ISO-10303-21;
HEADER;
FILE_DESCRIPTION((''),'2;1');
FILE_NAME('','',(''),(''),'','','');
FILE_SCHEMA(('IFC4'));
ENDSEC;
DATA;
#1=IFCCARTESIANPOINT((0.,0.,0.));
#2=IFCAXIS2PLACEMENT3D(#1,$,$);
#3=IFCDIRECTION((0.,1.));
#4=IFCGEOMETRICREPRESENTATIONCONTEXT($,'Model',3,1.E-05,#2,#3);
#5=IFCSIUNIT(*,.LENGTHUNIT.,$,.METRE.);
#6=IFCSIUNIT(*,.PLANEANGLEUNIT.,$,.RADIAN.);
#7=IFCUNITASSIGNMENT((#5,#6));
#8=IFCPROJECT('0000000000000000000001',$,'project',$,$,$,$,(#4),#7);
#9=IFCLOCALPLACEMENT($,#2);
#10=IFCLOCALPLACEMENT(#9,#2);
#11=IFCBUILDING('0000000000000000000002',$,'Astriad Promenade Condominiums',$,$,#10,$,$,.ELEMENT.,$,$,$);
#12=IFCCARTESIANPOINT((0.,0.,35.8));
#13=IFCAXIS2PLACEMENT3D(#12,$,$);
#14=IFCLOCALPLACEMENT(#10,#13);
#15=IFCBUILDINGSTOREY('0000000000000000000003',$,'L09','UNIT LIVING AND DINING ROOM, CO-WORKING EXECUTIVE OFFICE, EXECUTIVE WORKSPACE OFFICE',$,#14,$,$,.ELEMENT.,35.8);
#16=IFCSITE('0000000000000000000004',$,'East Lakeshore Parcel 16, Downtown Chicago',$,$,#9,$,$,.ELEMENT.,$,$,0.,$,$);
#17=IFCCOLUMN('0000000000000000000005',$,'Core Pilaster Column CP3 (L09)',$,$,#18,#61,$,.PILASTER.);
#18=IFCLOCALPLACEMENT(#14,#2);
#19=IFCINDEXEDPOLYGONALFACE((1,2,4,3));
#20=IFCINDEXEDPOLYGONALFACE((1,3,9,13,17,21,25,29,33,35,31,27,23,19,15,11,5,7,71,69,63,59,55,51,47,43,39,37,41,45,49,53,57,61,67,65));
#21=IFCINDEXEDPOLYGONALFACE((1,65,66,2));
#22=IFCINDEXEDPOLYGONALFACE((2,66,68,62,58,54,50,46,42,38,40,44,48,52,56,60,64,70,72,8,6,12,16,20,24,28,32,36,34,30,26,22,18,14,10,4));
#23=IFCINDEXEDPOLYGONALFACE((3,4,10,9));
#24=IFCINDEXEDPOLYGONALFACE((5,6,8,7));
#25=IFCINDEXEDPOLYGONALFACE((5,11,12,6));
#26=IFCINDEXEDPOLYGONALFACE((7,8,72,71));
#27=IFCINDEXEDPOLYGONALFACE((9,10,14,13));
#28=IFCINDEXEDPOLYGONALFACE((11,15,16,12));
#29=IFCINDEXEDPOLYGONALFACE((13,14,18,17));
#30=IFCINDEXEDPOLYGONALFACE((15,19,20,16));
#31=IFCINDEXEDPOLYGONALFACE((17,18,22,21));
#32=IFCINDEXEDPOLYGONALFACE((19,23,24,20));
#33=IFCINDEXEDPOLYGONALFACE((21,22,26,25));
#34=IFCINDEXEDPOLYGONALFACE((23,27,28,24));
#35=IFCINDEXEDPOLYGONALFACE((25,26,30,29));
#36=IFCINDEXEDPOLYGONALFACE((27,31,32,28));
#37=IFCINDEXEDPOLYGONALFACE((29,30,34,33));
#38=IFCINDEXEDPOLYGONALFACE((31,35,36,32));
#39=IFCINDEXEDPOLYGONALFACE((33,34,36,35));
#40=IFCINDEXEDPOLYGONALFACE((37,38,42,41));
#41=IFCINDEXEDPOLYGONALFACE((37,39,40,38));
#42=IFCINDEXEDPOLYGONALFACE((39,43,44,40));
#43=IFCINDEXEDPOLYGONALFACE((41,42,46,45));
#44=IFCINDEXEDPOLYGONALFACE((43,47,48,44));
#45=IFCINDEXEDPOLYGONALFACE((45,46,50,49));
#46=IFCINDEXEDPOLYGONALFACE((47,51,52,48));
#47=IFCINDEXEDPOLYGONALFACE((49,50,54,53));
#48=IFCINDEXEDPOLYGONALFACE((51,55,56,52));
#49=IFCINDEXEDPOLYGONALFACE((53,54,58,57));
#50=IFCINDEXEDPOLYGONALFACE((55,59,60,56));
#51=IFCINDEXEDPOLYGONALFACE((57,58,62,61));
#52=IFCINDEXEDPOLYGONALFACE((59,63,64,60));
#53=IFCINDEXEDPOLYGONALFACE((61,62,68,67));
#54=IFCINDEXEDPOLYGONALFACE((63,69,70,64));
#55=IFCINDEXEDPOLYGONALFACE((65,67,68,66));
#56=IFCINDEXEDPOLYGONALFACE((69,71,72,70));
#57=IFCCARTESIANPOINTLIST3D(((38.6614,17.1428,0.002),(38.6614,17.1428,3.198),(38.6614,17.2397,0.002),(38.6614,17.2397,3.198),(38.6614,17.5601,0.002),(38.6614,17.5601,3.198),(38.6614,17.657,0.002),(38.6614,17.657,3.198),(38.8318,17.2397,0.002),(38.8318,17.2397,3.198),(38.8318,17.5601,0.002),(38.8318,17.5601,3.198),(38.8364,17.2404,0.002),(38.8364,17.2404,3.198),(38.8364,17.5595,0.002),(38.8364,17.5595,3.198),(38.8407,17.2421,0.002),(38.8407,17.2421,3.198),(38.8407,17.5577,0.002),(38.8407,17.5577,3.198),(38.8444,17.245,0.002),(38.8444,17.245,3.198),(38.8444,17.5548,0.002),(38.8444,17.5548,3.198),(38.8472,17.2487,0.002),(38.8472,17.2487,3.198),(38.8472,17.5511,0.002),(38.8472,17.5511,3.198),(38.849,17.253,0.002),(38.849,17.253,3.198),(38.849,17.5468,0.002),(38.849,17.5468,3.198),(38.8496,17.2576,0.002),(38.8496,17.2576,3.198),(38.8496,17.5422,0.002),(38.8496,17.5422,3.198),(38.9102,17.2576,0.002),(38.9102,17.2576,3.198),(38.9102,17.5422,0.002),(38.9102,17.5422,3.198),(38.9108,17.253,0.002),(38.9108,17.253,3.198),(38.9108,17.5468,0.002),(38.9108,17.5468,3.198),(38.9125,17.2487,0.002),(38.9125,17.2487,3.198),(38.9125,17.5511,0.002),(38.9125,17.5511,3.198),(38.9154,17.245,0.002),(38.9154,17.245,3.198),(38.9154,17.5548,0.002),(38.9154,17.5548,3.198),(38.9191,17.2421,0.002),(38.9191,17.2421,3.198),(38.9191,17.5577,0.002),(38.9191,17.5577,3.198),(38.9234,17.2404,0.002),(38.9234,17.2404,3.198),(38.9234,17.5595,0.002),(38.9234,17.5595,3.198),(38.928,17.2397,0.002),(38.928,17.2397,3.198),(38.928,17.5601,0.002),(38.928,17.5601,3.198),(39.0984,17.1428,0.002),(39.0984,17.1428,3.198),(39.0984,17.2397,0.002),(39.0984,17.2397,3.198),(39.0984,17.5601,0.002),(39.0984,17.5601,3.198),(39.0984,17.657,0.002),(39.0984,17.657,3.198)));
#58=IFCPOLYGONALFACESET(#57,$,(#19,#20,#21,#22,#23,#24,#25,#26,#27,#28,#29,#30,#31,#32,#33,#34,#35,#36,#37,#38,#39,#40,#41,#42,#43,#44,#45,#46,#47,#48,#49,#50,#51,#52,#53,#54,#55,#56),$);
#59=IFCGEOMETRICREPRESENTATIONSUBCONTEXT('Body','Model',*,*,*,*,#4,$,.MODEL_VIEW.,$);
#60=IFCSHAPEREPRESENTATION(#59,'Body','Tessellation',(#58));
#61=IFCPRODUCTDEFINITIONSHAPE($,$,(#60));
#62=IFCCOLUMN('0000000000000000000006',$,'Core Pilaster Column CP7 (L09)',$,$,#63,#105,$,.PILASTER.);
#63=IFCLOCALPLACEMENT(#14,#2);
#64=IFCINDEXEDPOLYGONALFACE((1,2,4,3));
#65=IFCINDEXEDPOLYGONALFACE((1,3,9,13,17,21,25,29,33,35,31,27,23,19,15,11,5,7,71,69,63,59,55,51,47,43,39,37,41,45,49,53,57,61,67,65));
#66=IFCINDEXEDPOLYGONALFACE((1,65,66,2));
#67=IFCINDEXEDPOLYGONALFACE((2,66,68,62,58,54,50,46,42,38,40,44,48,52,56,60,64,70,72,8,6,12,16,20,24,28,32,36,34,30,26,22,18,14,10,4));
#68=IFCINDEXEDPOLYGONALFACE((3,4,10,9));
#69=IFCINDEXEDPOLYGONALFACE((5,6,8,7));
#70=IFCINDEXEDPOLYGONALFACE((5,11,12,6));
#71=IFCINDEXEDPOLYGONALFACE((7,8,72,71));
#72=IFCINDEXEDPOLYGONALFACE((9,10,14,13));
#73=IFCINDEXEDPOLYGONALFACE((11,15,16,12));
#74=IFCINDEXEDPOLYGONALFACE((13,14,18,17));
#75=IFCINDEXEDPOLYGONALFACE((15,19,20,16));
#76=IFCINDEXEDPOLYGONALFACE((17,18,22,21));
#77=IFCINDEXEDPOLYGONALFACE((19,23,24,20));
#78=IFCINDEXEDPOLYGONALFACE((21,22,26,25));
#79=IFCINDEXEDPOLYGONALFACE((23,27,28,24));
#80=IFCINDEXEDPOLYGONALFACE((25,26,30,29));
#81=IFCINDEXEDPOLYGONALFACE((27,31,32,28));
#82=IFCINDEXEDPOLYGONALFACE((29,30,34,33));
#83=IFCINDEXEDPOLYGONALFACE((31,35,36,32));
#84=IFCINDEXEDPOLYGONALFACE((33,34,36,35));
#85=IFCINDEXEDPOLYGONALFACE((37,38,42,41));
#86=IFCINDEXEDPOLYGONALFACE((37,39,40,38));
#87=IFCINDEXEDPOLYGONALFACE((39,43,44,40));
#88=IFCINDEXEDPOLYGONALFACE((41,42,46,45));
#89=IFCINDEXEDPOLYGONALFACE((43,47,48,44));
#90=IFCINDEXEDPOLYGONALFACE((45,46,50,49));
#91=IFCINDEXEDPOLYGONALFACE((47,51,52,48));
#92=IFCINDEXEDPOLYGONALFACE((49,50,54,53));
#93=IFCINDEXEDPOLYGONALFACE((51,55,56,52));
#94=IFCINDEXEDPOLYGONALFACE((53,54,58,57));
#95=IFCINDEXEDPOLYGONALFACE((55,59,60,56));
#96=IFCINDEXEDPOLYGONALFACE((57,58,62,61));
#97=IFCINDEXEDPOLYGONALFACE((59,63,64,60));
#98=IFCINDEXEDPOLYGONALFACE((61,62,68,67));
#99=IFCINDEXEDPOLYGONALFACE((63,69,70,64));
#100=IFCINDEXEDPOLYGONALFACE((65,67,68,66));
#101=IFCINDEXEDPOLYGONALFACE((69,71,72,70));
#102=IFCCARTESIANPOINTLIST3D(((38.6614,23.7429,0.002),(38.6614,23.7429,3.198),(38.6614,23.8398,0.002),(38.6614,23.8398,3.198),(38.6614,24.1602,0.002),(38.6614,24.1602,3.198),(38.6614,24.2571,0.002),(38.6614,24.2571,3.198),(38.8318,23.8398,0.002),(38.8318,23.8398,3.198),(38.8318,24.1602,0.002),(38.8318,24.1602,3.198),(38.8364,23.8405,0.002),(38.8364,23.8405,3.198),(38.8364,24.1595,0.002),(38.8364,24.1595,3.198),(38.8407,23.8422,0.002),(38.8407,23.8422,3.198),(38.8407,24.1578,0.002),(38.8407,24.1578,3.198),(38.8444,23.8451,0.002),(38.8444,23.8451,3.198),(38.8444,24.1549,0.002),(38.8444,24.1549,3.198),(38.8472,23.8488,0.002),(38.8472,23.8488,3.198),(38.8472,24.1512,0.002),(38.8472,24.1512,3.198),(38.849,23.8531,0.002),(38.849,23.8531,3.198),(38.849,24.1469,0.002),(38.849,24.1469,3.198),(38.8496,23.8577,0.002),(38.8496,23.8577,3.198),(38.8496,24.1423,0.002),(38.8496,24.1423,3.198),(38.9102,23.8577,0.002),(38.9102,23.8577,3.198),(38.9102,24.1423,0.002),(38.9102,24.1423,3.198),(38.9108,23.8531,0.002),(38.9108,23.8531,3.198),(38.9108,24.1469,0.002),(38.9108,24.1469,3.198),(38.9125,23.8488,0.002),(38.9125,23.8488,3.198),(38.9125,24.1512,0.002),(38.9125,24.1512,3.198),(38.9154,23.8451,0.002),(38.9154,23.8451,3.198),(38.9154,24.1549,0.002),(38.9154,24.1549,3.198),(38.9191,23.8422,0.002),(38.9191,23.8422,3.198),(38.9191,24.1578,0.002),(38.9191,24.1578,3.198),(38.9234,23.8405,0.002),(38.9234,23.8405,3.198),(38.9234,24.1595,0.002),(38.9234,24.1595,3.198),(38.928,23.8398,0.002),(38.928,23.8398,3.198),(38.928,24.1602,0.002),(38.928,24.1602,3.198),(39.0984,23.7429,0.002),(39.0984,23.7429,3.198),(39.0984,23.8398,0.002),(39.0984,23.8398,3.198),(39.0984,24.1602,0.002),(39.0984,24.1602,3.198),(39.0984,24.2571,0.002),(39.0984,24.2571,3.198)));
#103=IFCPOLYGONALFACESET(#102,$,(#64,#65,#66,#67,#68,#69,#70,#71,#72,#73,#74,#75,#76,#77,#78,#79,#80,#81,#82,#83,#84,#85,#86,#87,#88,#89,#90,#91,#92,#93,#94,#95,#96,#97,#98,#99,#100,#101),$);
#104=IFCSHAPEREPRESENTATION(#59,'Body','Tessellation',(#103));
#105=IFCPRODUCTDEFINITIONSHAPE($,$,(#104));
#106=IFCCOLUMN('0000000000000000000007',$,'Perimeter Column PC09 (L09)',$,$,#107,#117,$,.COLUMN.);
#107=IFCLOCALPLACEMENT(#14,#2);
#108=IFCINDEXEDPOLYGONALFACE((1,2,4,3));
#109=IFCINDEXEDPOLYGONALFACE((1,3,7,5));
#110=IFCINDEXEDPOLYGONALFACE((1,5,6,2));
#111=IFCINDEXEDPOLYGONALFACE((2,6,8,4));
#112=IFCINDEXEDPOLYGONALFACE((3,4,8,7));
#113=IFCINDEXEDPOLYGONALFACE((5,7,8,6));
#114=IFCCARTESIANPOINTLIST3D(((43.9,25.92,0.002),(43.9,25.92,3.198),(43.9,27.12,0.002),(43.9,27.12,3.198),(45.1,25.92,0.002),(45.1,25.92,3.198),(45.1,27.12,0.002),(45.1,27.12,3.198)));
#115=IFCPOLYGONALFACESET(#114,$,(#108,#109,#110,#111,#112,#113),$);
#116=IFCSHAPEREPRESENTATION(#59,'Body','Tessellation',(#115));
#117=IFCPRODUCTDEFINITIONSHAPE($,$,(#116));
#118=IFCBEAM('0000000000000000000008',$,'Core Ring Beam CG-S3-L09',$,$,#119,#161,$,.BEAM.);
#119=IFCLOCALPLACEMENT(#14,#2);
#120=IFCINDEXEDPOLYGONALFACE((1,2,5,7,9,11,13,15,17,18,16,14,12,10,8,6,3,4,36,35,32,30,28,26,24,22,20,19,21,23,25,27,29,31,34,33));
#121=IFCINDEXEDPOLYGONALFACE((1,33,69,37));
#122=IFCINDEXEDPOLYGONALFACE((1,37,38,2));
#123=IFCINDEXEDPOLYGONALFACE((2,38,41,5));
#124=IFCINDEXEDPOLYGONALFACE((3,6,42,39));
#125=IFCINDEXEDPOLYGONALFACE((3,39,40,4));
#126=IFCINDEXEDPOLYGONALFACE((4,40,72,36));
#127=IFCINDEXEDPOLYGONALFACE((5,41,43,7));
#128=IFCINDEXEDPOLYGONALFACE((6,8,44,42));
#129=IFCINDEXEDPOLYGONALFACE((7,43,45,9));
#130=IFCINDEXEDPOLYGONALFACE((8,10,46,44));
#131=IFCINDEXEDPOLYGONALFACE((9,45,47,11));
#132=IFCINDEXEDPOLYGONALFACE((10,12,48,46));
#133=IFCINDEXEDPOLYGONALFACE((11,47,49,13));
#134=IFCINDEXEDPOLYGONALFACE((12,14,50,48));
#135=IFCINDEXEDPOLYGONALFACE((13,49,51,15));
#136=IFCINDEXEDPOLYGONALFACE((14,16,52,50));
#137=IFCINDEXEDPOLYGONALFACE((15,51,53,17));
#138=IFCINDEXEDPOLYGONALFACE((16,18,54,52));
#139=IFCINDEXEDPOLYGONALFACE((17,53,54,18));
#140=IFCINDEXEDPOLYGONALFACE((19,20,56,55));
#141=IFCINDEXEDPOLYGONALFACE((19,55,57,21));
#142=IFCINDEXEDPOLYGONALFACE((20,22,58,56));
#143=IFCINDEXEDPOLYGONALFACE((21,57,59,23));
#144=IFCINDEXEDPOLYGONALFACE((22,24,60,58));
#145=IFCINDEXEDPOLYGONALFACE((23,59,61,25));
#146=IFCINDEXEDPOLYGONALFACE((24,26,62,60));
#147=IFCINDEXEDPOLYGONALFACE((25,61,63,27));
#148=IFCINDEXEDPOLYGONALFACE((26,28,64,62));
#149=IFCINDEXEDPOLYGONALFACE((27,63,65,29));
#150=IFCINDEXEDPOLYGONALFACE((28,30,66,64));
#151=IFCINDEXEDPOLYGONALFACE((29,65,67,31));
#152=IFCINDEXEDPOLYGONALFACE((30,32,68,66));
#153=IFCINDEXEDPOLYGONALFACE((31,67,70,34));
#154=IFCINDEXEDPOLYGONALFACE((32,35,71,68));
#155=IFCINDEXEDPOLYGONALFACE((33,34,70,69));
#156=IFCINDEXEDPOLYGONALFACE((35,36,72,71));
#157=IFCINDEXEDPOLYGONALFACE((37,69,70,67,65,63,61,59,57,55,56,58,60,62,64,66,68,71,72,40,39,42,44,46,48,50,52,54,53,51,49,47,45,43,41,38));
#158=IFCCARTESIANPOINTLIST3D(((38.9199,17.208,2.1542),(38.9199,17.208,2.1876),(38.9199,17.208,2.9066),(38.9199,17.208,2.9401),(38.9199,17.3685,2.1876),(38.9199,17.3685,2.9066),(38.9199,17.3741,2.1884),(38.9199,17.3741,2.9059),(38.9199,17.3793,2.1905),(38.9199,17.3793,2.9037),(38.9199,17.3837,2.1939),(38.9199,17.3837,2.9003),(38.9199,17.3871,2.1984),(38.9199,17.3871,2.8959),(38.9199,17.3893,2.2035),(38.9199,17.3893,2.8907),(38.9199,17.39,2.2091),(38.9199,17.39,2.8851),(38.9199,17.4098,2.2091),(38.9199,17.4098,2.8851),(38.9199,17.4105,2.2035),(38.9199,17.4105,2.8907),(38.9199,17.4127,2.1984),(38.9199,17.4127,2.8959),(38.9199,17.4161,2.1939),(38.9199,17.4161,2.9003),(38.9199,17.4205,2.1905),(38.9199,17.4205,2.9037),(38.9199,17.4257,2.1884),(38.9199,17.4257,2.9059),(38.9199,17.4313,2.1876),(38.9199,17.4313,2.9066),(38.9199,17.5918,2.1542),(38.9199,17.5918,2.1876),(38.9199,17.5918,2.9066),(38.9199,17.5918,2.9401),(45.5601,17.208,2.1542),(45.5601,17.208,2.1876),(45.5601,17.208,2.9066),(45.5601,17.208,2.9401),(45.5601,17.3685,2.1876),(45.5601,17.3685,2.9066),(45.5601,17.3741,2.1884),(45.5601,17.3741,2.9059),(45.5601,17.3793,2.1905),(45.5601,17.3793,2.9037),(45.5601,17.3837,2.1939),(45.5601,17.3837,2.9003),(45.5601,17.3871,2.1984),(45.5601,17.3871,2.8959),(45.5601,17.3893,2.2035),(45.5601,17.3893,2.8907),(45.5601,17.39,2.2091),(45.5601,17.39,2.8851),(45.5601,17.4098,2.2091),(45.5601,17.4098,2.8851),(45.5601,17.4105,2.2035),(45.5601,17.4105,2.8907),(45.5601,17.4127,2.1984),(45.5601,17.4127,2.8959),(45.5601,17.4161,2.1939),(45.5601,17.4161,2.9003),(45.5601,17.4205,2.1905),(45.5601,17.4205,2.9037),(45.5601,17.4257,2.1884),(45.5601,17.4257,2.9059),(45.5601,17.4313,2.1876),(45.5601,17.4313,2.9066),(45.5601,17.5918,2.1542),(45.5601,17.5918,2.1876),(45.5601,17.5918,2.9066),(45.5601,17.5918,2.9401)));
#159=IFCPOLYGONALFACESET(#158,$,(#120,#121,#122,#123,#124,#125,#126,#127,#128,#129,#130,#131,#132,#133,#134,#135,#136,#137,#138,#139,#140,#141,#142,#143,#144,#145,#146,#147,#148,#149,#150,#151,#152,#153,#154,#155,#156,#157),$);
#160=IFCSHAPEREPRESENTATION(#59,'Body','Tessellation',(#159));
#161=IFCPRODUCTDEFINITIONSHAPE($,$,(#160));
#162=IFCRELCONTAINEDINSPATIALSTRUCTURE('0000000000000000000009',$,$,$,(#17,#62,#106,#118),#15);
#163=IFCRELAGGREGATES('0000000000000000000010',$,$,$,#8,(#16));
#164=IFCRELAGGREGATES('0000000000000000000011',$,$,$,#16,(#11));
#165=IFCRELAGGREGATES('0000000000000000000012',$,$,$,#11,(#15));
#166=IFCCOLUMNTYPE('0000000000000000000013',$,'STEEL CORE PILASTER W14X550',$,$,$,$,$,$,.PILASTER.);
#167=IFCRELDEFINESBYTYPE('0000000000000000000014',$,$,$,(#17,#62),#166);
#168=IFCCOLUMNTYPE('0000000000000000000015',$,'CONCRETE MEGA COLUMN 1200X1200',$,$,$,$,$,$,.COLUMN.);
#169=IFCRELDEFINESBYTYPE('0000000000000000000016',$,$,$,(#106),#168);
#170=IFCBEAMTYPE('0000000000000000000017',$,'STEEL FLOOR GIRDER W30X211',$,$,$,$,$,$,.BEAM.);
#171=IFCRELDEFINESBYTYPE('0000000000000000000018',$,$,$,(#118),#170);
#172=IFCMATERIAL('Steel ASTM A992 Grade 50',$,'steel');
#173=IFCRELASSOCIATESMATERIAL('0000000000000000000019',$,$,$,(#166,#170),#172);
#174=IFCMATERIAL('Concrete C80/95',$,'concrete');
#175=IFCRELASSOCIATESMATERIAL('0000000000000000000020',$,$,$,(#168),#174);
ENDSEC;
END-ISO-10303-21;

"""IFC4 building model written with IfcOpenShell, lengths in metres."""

from ifc_helpers import new_model, si_unit, direction, frame, origin, origin_2d, place, context, subcontext, project, spatial, rectangle, i_section, extrude, source, transform, mapped, material, material_profile, profile_set, type_object, type_shapes, element, save


model = new_model("IFC4")

# Units and contexts
model_context = context("Model", 3, precision=1e-05, world=origin(), true_north=direction((0.0, 1.0)))
body_context = subcontext(model_context, "Body", "Model", "MODEL_VIEW")
ifc_project = project(units=[si_unit("LENGTHUNIT", "METRE"), si_unit("PLANEANGLEUNIT", "RADIAN")], contexts=[model_context])

# Site, building, storey
site_placement = place(None, origin())
site = spatial("IfcSite", under=ifc_project, at=site_placement, Name="East Lakeshore Parcel 16, Downtown Chicago", CompositionType="ELEMENT", RefElevation=0.0)
building_placement = place(site_placement, origin())
building = spatial("IfcBuilding", under=site, at=building_placement, Name="Astriad Promenade Condominiums", CompositionType="ELEMENT")
storey_placement = place(building_placement, frame((0.0, 0.0, 35.8)))
storey = spatial("IfcBuildingStorey", under=building, at=storey_placement, Name="L09", Description="UNIT LIVING AND DINING ROOM, CO-WORKING EXECUTIVE OFFICE, EXECUTIVE WORKSPACE OFFICE", CompositionType="ELEMENT", Elevation=35.8)

# Columns
ifc_material_1 = material(Name="Steel ASTM A992 Grade 50", Category="steel")
ifc_material_profile_1 = material_profile(ifc_material_1, i_section(OverallWidth=0.437, OverallDepth=0.5142, WebThickness=0.0605, FlangeThickness=0.0969, FilletRadius=0.0178, at=origin_2d()), Name="W14X550")
ifc_profile_set_1 = profile_set([ifc_material_profile_1], Name="Steel ASTM A992 Grade 50")
column_type_1 = type_object("IfcColumnType", Name="STEEL CORE PILASTER W14X550", PredefinedType="PILASTER", material=ifc_profile_set_1)
shared_shape_1 = source(origin(), body_context, "Body", "SweptSolid", [
    extrude(i_section(OverallWidth=0.437, OverallDepth=0.5142, WebThickness=0.0605, FlangeThickness=0.0969, FilletRadius=0.0178, at=origin_2d()), origin(), (0.0, 0.0, 1.0), 3.196),
])
type_shapes(column_type_1, [shared_shape_1])
for number, where, z_axis, x_axis, name in (
    (1, (38.8799, 17.3999, 0.002), (0.0, 0.0, 1.0), (1.0, 0.0, 0.0), "Core Pilaster Column CP3 (L09)"),
    (2, (38.8799, 24.0, 0.002), (0.0, 0.0, 1.0), (1.0, 0.0, 0.0), "Core Pilaster Column CP7 (L09)"),
):
    element("IfcColumn", number, at=place(storey_placement, frame(where, z_axis=z_axis, x_axis=x_axis)), inside=storey, type_object=column_type_1, Name=name, PredefinedType="PILASTER", context=body_context, shape_type="MappedRepresentation", body=[
        mapped(shared_shape_1, transform((0.0, 0.0, 0.0), scale=1.0)),
    ])
ifc_material_2 = material(Name="Concrete C80/95", Category="concrete")
ifc_material_profile_2 = material_profile(ifc_material_2, rectangle(XDim=1.2, YDim=1.2, at=origin_2d()), Name="RC-COL-1200X1200")
ifc_profile_set_2 = profile_set([ifc_material_profile_2], Name="Concrete C80/95")
column_type_2 = type_object("IfcColumnType", Name="CONCRETE MEGA COLUMN 1200X1200", PredefinedType="COLUMN", material=ifc_profile_set_2)
shared_shape_2 = source(origin(), body_context, "Body", "SweptSolid", [
    extrude(rectangle(XDim=1.2, YDim=1.2, at=origin_2d()), origin(), (0.0, 0.0, 1.0), 3.196),
])
type_shapes(column_type_2, [shared_shape_2])
column_placement = place(storey_placement, frame((44.5, 26.52, 0.002), z_axis=(0.0, 0.0, 1.0), x_axis=(1.0, 0.0, 0.0)))
element("IfcColumn", 3, at=column_placement, inside=storey, type_object=column_type_2, Name="Perimeter Column PC09 (L09)", PredefinedType="COLUMN", context=body_context, shape_type="MappedRepresentation", body=[
    mapped(shared_shape_2, transform((0.0, 0.0, 0.0), scale=1.0)),
])

# Beam
ifc_material_profile_3 = material_profile(ifc_material_1, i_section(OverallWidth=0.3838, OverallDepth=0.7859, WebThickness=0.0198, FlangeThickness=0.0334, FilletRadius=0.0215, at=origin_2d()), Name="W30X211")
ifc_profile_set_3 = profile_set([ifc_material_profile_3], Name="Steel ASTM A992 Grade 50")
beam_type_1 = type_object("IfcBeamType", Name="STEEL FLOOR GIRDER W30X211", PredefinedType="BEAM", material=ifc_profile_set_3)
shared_shape_3 = source(origin(), body_context, "Body", "SweptSolid", [
    extrude(i_section(OverallWidth=0.3838, OverallDepth=0.7859, WebThickness=0.0198, FlangeThickness=0.0334, FilletRadius=0.0215, at=origin_2d()), origin(), (0.0, 0.0, 1.0), 6.6401),
])
type_shapes(beam_type_1, [shared_shape_3])
beam_1_placement = place(storey_placement, frame((38.9199, 17.3999, 2.5471), z_axis=(1.0, 0.0, 0.0), x_axis=(0.0, 1.0, 0.0)))
element("IfcBeam", 4, at=beam_1_placement, inside=storey, type_object=beam_type_1, Name="Core Ring Beam CG-S3-L09", PredefinedType="BEAM", context=body_context, shape_type="MappedRepresentation", body=[
    mapped(shared_shape_3, transform((0.0, 0.0, 0.0), scale=1.0)),
])

save(model, "model.ifc")
